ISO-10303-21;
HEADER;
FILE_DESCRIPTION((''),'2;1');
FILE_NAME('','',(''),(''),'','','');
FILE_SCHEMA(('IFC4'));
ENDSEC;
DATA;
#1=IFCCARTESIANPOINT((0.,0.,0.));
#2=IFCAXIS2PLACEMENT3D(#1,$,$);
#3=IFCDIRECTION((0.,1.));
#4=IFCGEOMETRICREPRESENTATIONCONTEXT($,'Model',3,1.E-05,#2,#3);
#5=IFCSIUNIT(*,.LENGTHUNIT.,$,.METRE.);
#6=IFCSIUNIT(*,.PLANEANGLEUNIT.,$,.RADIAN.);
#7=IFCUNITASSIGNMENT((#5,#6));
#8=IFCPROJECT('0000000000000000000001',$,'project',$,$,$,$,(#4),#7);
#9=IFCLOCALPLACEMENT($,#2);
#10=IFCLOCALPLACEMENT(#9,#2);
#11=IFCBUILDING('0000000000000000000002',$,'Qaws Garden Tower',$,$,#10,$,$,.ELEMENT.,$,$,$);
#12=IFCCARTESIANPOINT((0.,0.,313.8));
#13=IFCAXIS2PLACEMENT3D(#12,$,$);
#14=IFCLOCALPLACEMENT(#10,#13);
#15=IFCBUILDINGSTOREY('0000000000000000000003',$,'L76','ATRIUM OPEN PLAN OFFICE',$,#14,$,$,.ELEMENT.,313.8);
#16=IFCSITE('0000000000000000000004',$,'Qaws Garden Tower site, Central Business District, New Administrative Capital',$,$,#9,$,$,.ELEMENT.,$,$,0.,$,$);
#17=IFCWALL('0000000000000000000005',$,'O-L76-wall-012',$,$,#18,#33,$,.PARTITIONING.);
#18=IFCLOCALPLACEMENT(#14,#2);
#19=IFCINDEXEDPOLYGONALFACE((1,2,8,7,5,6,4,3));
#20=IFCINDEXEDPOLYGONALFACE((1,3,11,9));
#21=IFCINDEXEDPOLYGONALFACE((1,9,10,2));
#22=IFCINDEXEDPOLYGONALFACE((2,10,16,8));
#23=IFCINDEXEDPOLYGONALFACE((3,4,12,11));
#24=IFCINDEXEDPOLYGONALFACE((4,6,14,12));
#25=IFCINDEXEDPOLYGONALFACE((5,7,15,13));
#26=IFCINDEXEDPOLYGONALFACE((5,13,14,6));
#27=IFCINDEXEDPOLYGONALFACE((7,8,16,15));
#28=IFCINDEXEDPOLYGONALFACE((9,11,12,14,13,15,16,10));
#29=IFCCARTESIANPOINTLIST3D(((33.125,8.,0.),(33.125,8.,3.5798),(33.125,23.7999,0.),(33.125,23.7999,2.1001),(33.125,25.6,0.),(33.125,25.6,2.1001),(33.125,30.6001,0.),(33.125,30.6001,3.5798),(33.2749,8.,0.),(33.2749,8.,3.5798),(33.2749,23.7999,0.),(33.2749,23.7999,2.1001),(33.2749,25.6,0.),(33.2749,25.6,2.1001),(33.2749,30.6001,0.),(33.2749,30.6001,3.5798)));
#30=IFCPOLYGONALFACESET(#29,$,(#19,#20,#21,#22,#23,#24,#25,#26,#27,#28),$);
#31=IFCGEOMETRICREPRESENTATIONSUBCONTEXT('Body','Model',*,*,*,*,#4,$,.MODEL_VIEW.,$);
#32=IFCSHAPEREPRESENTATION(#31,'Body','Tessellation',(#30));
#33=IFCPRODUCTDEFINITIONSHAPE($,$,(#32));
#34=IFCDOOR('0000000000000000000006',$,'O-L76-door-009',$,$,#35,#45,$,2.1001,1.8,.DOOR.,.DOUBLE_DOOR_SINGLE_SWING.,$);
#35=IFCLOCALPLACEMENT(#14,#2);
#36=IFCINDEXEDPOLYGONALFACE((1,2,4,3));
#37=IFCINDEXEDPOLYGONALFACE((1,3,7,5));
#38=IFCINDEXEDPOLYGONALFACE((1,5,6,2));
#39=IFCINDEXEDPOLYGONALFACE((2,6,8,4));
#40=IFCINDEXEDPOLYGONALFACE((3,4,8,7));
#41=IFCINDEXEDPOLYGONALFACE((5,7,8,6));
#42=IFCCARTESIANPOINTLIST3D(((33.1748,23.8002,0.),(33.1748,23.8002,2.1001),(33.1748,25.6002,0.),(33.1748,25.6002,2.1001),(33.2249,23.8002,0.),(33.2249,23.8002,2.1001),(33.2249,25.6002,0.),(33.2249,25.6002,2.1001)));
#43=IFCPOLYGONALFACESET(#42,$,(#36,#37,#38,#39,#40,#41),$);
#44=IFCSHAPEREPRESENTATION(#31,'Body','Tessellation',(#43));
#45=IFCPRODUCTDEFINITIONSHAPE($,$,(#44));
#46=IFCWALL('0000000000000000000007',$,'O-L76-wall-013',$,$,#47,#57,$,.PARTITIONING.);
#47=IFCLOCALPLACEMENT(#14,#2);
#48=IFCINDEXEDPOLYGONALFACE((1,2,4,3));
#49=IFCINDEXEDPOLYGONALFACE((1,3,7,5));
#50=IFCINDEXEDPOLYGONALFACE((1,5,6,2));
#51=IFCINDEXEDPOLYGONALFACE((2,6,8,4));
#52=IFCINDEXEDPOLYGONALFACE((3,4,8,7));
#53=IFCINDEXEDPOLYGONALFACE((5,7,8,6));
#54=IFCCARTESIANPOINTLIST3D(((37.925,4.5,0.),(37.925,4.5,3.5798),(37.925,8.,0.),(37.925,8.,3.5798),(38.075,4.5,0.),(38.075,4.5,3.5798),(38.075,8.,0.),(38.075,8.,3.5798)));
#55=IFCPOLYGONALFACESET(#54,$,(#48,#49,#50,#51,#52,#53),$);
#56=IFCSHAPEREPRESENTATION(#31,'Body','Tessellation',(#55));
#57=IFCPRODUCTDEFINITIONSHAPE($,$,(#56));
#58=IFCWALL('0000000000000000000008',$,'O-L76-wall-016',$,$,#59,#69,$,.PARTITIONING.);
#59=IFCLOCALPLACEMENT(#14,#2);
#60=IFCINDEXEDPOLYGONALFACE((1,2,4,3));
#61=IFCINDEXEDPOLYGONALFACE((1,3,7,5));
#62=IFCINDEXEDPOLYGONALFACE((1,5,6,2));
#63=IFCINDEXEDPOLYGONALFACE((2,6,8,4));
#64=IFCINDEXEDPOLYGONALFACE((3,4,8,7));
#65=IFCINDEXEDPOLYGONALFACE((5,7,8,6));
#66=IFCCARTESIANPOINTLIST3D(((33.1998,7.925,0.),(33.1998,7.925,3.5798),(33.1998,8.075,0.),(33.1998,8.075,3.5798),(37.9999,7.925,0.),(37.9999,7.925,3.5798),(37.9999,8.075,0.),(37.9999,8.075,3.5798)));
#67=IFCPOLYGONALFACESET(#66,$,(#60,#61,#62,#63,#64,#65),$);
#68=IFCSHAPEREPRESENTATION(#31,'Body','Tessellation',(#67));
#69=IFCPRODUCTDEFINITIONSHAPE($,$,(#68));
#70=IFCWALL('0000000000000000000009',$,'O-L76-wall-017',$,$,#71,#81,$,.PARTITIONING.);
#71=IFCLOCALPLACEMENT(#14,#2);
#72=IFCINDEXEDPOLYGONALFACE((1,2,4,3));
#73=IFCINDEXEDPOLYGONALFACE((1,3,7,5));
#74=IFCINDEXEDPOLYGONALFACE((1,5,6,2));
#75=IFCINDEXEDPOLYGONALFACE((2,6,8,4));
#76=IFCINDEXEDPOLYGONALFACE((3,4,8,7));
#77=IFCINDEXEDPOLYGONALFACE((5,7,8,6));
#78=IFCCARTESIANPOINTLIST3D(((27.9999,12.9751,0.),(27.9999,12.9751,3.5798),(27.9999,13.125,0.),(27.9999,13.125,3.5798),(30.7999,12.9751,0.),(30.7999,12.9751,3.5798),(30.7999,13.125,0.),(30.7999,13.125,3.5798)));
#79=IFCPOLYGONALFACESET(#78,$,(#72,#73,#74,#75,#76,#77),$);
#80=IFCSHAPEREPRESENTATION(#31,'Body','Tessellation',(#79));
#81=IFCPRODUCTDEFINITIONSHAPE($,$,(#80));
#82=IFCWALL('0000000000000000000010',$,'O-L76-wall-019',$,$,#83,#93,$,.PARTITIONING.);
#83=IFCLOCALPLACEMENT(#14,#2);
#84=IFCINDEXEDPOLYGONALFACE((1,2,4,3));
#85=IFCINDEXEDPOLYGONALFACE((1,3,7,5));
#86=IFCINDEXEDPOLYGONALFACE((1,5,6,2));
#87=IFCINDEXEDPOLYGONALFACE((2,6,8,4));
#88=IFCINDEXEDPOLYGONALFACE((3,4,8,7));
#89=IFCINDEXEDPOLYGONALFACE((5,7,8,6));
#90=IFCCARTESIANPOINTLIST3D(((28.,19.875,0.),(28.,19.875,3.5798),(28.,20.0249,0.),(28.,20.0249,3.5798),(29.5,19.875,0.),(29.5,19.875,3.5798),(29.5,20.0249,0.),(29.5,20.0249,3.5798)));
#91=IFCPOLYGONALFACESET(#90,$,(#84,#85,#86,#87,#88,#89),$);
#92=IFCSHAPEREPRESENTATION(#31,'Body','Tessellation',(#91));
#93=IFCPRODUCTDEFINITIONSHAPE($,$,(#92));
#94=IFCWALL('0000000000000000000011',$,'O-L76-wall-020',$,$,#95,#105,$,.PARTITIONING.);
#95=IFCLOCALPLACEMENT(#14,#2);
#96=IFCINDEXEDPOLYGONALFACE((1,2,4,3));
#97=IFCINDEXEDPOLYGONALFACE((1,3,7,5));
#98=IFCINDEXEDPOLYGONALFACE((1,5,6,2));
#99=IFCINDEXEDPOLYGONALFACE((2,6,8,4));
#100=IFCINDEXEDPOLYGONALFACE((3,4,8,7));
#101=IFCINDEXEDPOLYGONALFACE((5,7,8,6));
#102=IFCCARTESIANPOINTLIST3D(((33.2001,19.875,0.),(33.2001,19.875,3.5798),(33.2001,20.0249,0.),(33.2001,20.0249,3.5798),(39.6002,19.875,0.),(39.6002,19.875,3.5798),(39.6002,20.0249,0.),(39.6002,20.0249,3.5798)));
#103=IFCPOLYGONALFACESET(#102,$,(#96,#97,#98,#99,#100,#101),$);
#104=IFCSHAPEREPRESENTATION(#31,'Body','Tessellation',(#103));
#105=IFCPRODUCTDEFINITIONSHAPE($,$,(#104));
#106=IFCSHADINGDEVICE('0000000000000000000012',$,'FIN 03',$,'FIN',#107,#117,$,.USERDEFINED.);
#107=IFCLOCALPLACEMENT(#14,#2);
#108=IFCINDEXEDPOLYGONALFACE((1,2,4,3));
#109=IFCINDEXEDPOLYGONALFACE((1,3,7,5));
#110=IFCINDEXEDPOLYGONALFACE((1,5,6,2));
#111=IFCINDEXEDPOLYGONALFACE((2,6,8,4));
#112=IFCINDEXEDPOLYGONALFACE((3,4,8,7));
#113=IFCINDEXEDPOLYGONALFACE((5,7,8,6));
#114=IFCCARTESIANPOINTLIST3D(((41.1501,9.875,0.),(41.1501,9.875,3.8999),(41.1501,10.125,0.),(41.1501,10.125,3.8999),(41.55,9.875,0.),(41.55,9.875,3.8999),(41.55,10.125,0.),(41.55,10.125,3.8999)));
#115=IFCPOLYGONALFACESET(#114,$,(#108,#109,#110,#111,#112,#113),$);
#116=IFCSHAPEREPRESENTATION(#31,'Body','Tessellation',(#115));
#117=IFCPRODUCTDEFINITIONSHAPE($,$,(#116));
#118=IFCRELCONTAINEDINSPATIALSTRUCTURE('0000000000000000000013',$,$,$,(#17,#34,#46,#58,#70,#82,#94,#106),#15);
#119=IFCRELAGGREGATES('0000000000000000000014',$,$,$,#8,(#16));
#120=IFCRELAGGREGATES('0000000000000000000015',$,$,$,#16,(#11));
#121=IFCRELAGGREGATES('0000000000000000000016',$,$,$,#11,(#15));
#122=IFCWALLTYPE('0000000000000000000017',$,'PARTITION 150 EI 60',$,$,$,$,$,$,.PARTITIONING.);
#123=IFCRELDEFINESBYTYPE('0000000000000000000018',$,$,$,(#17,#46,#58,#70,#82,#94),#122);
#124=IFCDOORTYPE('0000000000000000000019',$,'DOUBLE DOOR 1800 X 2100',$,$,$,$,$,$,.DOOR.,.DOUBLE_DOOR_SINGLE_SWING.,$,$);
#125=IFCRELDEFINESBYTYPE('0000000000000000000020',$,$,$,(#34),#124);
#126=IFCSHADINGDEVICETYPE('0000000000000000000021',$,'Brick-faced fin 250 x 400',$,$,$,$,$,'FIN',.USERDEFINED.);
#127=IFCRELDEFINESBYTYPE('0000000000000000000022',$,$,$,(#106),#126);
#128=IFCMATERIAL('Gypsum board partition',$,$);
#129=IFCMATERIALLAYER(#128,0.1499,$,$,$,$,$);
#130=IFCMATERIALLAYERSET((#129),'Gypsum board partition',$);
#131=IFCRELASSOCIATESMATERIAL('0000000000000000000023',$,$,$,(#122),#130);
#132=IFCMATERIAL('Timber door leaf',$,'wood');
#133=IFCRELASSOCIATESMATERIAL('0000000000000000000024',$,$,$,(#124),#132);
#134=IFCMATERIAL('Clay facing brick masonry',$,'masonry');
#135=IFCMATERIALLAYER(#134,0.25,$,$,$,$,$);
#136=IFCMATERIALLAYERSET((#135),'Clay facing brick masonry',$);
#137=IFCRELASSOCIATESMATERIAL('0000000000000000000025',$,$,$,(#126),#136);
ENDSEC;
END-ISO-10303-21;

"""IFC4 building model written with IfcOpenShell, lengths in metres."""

from ifc_helpers import new_model, si_unit, direction, frame, frame_2d, origin, origin_2d, place, context, subcontext, project, spatial, rectangle, extrude, material, layer, layer_set, type_object, element, fill, save


model = new_model("IFC4")

# Units and contexts
model_context = context("Model", 3, precision=1e-05, world=origin(), true_north=direction((0.0, 1.0)))
body_context = subcontext(model_context, "Body", "Model", "MODEL_VIEW")
ifc_project = project(units=[si_unit("LENGTHUNIT", "METRE"), si_unit("PLANEANGLEUNIT", "RADIAN")], contexts=[model_context])

# Site, building, storey
site_placement = place(None, origin())
site = spatial("IfcSite", under=ifc_project, at=site_placement, Name="Qaws Garden Tower site, Central Business District, New Administrative Capital", CompositionType="ELEMENT", RefElevation=0.0)
building_placement = place(site_placement, origin())
building = spatial("IfcBuilding", under=site, at=building_placement, Name="Qaws Garden Tower", CompositionType="ELEMENT")
storey_placement = place(building_placement, frame((0.0, 0.0, 313.8)))
storey = spatial("IfcBuildingStorey", under=building, at=storey_placement, Name="L76", Description="ATRIUM OPEN PLAN OFFICE", CompositionType="ELEMENT", Elevation=313.8)

# Wall, opening, door
ifc_material_1 = material(Name="Gypsum board partition")
ifc_layer_1 = layer(ifc_material_1, 0.1499)
ifc_layer_set_1 = layer_set([ifc_layer_1], Name="Gypsum board partition")
wall_type_1 = type_object("IfcWallType", Name="PARTITION 150 EI 60", PredefinedType="PARTITIONING", material=ifc_layer_set_1)
wall_1_placement = place(storey_placement, frame((33.2, 8.0, 0.0), z_axis=(0.0, 0.0, 1.0), x_axis=(0.0, 1.0, 0.0)))
wall_1 = element("IfcWall", 1, at=wall_1_placement, inside=storey, type_object=wall_type_1, Name="O-L76-wall-012", PredefinedType="PARTITIONING", context=body_context, shape_type="SweptSolid", body=[
    extrude(rectangle(XDim=22.6001, YDim=0.1499, at=frame_2d((11.3, 0.0))), origin(), (0.0, 0.0, 1.0), 3.5798),
])
opening_1_placement = place(wall_1_placement, frame((15.8, 0.0, 0.0)))
opening_1 = element("IfcOpeningElement", 2, at=opening_1_placement, cuts=wall_1, PredefinedType="OPENING", context=body_context, shape_type="SweptSolid", body=[
    extrude(rectangle(XDim=1.8, YDim=2.1001, at=frame_2d((0.8999, 1.05))), frame((0.0, 0.085, 0.0), z_axis=(0.0, -1.0, 0.0), x_axis=(1.0, 0.0, 0.0)), (0.0, 0.0, 1.0), 0.1699),
])
ifc_material_2 = material(Name="Timber door leaf", Category="wood")
door_type_1 = type_object("IfcDoorType", Name="DOUBLE DOOR 1800 X 2100", OperationType="DOUBLE_DOOR_SINGLE_SWING", PredefinedType="DOOR", material=ifc_material_2)
door_1_placement = place(opening_1_placement, frame((1.8, 0.0, 0.0), z_axis=(0.0, 0.0, 1.0), x_axis=(-1.0, 0.0, 0.0)))
door_1 = element("IfcDoor", 3, at=door_1_placement, inside=storey, type_object=door_type_1, Name="O-L76-door-009", OperationType="DOUBLE_DOOR_SINGLE_SWING", OverallHeight=2.1001, OverallWidth=1.8, PredefinedType="DOOR", context=body_context, shape_type="SweptSolid", body=[
    extrude(rectangle(XDim=1.8, YDim=2.1001, at=frame_2d((0.8999, 1.05))), frame((0.0, 0.0249, 0.0), z_axis=(0.0, -1.0, 0.0), x_axis=(1.0, 0.0, 0.0)), (0.0, 0.0, 1.0), 0.05),
])
fill(opening_1, door_1)

# Walls
wall_2_placement = place(storey_placement, frame((38.0, 4.5, 0.0), z_axis=(0.0, 0.0, 1.0), x_axis=(0.0, 1.0, 0.0)))
element("IfcWall", 4, at=wall_2_placement, inside=storey, type_object=wall_type_1, Name="O-L76-wall-013", PredefinedType="PARTITIONING", context=body_context, shape_type="SweptSolid", body=[
    extrude(rectangle(XDim=3.5, YDim=0.1499, at=frame_2d((1.75, 0.0))), origin(), (0.0, 0.0, 1.0), 3.5798),
])
wall_3_placement = place(storey_placement, frame((33.2, 8.0, 0.0), z_axis=(0.0, 0.0, 1.0), x_axis=(1.0, 0.0, 0.0)))
element("IfcWall", 5, at=wall_3_placement, inside=storey, type_object=wall_type_1, Name="O-L76-wall-016", PredefinedType="PARTITIONING", context=body_context, shape_type="SweptSolid", body=[
    extrude(rectangle(XDim=4.8, YDim=0.1499, at=frame_2d((2.3999, 0.0))), origin(), (0.0, 0.0, 1.0), 3.5798),
])
wall_4_placement = place(storey_placement, frame((28.0, 13.05, 0.0), z_axis=(0.0, 0.0, 1.0), x_axis=(1.0, 0.0, 0.0)))
element("IfcWall", 6, at=wall_4_placement, inside=storey, type_object=wall_type_1, Name="O-L76-wall-017", PredefinedType="PARTITIONING", context=body_context, shape_type="SweptSolid", body=[
    extrude(rectangle(XDim=2.8, YDim=0.1499, at=frame_2d((1.3999, 0.0))), origin(), (0.0, 0.0, 1.0), 3.5798),
])
wall_5_placement = place(storey_placement, frame((28.0, 19.95, 0.0), z_axis=(0.0, 0.0, 1.0), x_axis=(1.0, 0.0, 0.0)))
element("IfcWall", 7, at=wall_5_placement, inside=storey, type_object=wall_type_1, Name="O-L76-wall-019", PredefinedType="PARTITIONING", context=body_context, shape_type="SweptSolid", body=[
    extrude(rectangle(XDim=1.5, YDim=0.1499, at=frame_2d((0.75, 0.0))), origin(), (0.0, 0.0, 1.0), 3.5798),
])
wall_6_placement = place(storey_placement, frame((33.2, 19.95, 0.0), z_axis=(0.0, 0.0, 1.0), x_axis=(1.0, 0.0, 0.0)))
element("IfcWall", 8, at=wall_6_placement, inside=storey, type_object=wall_type_1, Name="O-L76-wall-020", PredefinedType="PARTITIONING", context=body_context, shape_type="SweptSolid", body=[
    extrude(rectangle(XDim=6.4001, YDim=0.1499, at=frame_2d((3.2002, 0.0))), origin(), (0.0, 0.0, 1.0), 3.5798),
])

# Shading device
ifc_material_3 = material(Name="Clay facing brick masonry", Category="masonry")
ifc_layer_2 = layer(ifc_material_3, 0.25)
ifc_layer_set_2 = layer_set([ifc_layer_2], Name="Clay facing brick masonry")
shading_device_type = type_object("IfcShadingDeviceType", Name="Brick-faced fin 250 x 400", ElementType="FIN", PredefinedType="USERDEFINED", material=ifc_layer_set_2)
shading_device_placement = place(storey_placement, frame((41.3501, 10.0, 0.0), z_axis=(0.0, 0.0, 1.0), x_axis=(0.0, 1.0, 0.0)))
element("IfcShadingDevice", 9, at=shading_device_placement, inside=storey, type_object=shading_device_type, Name="FIN 03", ObjectType="FIN", PredefinedType="USERDEFINED", context=body_context, shape_type="SweptSolid", body=[
    extrude(rectangle(XDim=0.25, YDim=0.3999, at=origin_2d()), origin(), (0.0, 0.0, 1.0), 3.8999),
])

save(model, "model.ifc")
